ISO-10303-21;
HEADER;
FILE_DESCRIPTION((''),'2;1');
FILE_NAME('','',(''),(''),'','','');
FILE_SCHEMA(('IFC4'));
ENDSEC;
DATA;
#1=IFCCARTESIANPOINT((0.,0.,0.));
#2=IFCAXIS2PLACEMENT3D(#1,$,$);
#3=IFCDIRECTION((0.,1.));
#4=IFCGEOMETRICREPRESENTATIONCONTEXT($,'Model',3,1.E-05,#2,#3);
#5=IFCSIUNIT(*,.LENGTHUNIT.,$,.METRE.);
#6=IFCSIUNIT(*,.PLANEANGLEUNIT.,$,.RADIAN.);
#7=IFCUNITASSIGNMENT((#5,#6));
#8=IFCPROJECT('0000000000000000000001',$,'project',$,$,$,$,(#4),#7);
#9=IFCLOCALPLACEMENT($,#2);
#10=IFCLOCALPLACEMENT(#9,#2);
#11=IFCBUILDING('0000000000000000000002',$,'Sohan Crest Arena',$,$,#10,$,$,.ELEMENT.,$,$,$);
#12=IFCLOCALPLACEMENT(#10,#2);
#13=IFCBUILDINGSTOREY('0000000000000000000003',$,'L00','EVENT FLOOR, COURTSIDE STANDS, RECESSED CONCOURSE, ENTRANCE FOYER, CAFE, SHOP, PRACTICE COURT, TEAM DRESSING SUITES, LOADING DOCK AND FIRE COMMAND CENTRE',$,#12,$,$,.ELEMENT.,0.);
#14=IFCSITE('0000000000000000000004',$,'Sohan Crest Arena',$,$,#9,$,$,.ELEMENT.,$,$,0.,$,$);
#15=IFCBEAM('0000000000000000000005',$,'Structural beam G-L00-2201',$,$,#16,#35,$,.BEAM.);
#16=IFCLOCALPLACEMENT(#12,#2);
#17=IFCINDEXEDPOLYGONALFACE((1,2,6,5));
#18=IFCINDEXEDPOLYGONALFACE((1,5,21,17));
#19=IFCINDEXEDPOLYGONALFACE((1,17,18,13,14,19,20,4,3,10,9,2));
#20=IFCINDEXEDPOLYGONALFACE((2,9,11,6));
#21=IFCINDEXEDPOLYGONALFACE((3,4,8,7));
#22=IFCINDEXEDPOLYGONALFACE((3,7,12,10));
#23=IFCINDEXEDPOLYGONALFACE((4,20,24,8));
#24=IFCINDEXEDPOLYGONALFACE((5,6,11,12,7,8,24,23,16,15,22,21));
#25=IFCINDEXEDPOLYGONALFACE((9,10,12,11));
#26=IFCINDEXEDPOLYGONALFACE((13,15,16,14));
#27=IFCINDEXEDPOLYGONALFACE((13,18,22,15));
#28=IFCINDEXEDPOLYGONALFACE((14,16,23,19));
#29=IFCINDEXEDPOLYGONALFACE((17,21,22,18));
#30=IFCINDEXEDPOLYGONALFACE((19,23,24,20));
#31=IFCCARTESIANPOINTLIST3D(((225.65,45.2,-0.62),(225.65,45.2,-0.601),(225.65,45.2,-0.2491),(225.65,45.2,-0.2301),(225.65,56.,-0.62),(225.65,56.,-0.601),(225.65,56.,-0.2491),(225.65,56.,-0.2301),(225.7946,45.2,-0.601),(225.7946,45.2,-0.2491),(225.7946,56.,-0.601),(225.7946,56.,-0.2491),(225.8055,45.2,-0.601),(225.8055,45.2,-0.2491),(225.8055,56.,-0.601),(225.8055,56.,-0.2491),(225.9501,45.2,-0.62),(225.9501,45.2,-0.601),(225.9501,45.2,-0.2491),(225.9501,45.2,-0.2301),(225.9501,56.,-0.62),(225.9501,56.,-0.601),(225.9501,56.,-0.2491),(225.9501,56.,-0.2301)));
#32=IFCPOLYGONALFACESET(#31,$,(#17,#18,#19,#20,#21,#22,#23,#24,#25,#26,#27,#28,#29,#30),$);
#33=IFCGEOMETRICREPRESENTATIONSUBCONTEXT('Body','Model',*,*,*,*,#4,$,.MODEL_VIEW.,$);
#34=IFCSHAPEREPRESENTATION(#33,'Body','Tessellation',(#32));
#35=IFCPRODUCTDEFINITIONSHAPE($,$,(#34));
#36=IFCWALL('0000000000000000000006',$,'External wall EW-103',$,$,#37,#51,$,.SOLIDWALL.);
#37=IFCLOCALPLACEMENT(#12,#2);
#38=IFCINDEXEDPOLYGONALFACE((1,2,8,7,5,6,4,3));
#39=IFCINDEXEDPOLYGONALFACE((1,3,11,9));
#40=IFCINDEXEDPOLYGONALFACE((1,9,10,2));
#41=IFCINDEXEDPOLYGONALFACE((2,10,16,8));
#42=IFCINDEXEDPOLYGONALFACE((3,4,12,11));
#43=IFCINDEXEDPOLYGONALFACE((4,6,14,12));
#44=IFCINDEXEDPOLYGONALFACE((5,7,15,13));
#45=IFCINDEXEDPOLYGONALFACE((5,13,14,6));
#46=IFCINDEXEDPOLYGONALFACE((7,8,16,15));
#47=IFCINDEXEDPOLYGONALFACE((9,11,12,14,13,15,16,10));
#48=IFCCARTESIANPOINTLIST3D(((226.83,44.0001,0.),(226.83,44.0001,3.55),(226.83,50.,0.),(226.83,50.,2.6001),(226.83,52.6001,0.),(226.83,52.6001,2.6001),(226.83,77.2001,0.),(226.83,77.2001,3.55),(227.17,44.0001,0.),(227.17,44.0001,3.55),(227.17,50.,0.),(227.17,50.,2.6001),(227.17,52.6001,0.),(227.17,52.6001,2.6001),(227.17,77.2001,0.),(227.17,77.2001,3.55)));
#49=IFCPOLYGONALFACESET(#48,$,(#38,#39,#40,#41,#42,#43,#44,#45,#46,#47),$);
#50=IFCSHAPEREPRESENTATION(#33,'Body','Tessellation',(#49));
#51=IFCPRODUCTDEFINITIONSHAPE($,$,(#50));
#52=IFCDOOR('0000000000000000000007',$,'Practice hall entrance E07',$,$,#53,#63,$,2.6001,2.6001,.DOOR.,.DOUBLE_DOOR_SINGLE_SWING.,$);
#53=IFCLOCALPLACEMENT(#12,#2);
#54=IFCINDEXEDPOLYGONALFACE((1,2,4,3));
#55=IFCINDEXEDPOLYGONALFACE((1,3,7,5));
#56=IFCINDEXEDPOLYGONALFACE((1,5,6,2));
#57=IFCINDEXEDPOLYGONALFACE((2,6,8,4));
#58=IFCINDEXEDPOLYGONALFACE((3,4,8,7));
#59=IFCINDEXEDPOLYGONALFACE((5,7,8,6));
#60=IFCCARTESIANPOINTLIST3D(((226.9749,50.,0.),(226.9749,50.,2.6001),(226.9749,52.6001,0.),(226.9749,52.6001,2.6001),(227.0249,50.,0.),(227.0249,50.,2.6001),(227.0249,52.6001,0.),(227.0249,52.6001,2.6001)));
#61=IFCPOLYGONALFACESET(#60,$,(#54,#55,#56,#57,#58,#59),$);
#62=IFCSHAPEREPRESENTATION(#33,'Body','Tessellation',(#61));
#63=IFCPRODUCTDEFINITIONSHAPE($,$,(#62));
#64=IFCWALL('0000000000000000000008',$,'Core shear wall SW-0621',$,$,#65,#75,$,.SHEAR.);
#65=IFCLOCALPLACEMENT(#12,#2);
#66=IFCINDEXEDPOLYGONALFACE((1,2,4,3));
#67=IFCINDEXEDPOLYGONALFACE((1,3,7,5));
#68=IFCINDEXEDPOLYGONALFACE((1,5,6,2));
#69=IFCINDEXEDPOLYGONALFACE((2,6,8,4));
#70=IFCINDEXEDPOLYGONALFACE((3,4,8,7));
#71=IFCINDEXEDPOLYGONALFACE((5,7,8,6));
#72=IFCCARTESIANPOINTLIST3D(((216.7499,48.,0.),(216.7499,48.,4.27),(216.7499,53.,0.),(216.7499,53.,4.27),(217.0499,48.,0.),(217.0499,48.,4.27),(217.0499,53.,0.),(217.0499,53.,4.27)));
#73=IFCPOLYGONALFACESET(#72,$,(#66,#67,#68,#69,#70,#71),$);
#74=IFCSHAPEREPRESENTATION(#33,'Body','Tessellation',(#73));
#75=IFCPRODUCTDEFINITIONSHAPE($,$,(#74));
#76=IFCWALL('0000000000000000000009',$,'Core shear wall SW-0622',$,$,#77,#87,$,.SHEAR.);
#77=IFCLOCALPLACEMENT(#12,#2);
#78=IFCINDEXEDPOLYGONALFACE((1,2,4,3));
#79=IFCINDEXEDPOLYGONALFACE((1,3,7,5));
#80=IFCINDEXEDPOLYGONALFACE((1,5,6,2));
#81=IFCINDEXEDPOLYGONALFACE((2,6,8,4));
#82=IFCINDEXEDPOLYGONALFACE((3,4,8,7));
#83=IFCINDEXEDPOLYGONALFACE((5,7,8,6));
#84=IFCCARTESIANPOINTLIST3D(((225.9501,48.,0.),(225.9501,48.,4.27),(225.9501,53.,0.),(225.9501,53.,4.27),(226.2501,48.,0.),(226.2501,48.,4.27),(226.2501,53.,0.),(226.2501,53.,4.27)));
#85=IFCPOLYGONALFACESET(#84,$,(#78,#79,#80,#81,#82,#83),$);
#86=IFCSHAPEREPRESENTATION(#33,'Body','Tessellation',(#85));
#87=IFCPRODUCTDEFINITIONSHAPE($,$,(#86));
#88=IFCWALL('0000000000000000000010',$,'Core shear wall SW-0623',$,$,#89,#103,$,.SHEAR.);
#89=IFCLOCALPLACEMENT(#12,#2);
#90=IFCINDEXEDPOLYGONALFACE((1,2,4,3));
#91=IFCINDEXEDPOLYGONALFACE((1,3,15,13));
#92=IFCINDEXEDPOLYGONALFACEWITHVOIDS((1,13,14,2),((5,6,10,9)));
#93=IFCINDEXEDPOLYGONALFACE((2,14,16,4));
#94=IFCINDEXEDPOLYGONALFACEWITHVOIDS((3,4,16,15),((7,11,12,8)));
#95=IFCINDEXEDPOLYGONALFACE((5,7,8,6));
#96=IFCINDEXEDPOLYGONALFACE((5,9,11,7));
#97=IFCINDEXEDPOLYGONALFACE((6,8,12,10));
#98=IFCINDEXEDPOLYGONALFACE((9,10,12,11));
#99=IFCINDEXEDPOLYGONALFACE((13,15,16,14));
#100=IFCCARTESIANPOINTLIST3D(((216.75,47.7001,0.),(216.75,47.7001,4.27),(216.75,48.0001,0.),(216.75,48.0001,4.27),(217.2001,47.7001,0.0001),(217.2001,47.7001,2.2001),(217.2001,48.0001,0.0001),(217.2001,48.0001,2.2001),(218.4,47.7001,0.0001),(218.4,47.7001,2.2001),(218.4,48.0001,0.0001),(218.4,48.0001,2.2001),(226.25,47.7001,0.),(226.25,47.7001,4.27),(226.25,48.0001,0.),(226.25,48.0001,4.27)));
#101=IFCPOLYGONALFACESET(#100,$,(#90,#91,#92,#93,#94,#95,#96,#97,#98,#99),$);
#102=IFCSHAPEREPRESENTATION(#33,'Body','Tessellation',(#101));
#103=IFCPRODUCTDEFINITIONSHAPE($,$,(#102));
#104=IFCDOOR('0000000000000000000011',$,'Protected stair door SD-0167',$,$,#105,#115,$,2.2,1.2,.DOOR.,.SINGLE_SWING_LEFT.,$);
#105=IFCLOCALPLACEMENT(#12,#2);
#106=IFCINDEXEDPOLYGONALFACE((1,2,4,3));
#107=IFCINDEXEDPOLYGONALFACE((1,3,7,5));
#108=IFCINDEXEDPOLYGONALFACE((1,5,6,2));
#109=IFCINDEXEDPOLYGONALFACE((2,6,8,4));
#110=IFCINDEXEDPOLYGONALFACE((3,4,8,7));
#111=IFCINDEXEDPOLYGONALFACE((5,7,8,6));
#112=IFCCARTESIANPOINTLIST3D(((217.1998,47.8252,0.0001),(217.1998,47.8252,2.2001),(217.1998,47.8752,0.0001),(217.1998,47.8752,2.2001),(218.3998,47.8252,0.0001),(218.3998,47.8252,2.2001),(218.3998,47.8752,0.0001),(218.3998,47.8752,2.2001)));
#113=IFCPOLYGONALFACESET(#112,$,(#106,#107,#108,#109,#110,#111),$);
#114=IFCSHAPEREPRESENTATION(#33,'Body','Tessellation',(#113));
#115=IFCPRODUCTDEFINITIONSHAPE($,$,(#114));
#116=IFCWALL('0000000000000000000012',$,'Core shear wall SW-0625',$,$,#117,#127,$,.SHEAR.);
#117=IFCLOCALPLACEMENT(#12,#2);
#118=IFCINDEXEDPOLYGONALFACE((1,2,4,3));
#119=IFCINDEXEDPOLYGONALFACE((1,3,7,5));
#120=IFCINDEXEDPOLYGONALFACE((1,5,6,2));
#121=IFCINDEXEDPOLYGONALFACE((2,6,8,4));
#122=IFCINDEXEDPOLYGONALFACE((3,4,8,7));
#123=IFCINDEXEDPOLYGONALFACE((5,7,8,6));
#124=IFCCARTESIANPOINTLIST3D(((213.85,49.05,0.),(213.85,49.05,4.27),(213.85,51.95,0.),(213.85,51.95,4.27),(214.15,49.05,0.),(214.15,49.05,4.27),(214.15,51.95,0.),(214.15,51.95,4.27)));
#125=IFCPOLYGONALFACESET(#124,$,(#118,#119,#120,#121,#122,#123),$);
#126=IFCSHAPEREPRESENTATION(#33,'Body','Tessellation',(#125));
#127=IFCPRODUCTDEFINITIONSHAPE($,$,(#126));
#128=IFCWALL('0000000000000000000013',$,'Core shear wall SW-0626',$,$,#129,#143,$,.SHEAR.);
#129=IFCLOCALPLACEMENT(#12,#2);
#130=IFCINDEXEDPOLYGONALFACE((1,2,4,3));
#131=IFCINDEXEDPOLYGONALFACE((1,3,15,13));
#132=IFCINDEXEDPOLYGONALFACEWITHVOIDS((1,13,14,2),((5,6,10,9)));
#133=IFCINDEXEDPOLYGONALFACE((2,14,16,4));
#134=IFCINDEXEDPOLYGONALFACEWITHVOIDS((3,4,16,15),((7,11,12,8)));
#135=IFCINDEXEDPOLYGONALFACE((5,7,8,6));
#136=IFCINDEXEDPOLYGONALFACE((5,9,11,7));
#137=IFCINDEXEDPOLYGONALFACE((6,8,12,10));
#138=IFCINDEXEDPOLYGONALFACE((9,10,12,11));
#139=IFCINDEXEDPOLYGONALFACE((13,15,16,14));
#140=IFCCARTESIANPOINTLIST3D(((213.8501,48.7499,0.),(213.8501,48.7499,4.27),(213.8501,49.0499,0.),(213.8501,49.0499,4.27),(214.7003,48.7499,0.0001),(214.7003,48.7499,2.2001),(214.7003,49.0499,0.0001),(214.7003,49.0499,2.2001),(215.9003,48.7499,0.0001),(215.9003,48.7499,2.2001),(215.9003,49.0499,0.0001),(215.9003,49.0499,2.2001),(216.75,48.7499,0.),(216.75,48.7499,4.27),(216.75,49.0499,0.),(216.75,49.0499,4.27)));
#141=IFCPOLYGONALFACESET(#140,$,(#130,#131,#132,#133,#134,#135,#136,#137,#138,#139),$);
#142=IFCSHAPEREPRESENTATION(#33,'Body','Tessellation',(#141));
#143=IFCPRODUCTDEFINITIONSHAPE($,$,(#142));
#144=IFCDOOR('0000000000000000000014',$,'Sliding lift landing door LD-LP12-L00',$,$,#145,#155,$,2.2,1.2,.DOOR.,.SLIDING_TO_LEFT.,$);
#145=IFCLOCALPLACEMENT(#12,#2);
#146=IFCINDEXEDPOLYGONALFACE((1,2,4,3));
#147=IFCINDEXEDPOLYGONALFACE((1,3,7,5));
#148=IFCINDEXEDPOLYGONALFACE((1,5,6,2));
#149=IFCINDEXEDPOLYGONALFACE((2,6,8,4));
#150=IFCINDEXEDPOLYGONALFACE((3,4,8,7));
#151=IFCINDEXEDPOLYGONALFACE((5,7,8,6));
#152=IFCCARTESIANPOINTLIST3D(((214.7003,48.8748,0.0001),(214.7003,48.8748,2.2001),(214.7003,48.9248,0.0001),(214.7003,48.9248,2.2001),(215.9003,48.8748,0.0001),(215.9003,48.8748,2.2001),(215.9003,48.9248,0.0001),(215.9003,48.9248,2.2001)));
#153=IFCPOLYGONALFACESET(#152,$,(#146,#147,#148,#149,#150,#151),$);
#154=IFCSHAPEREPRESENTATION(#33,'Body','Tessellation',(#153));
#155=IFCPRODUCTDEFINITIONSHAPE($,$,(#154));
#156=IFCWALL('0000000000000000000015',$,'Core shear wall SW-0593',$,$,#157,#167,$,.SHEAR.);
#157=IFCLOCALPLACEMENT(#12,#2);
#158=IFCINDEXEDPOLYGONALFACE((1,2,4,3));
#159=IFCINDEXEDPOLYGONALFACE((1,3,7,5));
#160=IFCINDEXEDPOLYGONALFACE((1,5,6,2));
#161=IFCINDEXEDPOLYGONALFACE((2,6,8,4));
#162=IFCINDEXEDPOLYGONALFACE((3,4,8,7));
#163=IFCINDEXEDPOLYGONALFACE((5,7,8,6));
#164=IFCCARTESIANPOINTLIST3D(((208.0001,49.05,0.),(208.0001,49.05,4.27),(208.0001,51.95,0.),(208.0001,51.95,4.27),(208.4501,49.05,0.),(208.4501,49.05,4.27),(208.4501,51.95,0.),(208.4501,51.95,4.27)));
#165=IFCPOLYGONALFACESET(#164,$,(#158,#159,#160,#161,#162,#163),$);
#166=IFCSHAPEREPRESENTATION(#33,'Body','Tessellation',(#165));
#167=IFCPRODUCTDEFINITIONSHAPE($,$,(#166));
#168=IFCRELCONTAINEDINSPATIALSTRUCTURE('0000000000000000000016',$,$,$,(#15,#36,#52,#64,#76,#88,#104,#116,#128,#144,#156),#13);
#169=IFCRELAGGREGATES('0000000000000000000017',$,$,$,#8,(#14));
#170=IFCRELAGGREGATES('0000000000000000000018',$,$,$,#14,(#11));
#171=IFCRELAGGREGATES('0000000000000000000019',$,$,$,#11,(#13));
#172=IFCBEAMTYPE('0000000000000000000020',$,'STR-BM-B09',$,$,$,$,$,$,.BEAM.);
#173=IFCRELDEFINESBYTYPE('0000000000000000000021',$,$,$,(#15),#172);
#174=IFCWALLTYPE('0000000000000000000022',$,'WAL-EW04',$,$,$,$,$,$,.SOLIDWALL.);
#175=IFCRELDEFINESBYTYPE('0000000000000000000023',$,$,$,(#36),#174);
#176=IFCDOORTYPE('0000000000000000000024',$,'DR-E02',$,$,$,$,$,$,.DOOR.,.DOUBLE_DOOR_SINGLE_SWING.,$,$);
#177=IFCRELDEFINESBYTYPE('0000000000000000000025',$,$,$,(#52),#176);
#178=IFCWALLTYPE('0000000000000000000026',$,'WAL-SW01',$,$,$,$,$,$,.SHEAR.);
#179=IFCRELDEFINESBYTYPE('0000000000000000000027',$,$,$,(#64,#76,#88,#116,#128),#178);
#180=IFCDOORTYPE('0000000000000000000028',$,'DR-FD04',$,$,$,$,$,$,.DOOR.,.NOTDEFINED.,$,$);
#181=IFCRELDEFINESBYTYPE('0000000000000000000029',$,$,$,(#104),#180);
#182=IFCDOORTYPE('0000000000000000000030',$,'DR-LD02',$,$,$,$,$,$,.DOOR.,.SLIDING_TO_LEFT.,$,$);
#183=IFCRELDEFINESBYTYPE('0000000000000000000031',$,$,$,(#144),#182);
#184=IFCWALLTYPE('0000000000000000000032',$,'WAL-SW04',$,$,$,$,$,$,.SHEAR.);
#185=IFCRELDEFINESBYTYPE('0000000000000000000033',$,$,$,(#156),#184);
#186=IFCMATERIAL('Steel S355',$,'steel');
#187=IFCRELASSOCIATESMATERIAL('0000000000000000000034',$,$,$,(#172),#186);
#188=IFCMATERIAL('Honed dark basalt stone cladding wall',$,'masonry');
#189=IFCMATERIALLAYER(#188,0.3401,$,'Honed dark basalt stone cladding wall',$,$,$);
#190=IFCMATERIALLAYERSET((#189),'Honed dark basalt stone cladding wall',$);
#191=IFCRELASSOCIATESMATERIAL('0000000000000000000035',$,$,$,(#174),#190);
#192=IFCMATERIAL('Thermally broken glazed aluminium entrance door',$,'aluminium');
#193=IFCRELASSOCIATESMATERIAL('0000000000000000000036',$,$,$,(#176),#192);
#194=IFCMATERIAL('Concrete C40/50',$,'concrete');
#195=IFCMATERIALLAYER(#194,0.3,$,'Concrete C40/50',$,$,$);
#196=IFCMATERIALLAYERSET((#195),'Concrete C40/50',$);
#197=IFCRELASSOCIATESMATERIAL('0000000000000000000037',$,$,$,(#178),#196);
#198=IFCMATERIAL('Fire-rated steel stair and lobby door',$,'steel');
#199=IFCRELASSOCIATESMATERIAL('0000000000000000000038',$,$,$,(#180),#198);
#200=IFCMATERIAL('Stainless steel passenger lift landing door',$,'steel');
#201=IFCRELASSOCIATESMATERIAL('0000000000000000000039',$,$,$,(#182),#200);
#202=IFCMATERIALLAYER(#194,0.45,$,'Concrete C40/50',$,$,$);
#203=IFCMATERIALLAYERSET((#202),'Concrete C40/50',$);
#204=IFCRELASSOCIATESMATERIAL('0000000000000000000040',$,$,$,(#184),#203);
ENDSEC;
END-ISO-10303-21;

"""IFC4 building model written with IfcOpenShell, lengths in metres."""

from ifc_helpers import new_model, si_unit, direction, frame, frame_2d, origin, origin_2d, place, context, subcontext, project, spatial, rectangle, i_section, extrude, material, layer, layer_set, material_profile, profile_set, type_object, element, fill, save


model = new_model("IFC4")

# Units and contexts
model_context = context("Model", 3, precision=1e-05, world=origin(), true_north=direction((0.0, 1.0)))
body_context = subcontext(model_context, "Body", "Model", "MODEL_VIEW")
ifc_project = project(units=[si_unit("LENGTHUNIT", "METRE"), si_unit("PLANEANGLEUNIT", "RADIAN")], contexts=[model_context])

# Site, building, storey
site_placement = place(None, origin())
site = spatial("IfcSite", under=ifc_project, at=site_placement, Name="Sohan Crest Arena", CompositionType="ELEMENT", RefElevation=0.0)
building_placement = place(site_placement, origin())
building = spatial("IfcBuilding", under=site, at=building_placement, Name="Sohan Crest Arena", CompositionType="ELEMENT")
storey_placement = place(building_placement, origin())
storey = spatial("IfcBuildingStorey", under=building, at=storey_placement, Name="L00", Description="EVENT FLOOR, COURTSIDE STANDS, RECESSED CONCOURSE, ENTRANCE FOYER, CAFE, SHOP, PRACTICE COURT, TEAM DRESSING SUITES, LOADING DOCK AND FIRE COMMAND CENTRE", CompositionType="ELEMENT", Elevation=0.0)

# Shared definitions
ifc_material_1 = material(Name="Concrete C40/50", Category="concrete")

# Beam
ifc_material_2 = material(Name="Steel S355", Category="steel")
ifc_material_profile_1 = material_profile(ifc_material_2, i_section(OverallWidth=0.3, OverallDepth=0.3899, WebThickness=0.011, FlangeThickness=0.019, at=origin_2d()), Name="HEA 400")
ifc_profile_set_1 = profile_set([ifc_material_profile_1], Name="Steel S355")
beam_type_1 = type_object("IfcBeamType", Name="STR-BM-B09", PredefinedType="BEAM", material=ifc_profile_set_1)
for number, where, z_axis, x_axis, name in (
    (1, (225.8, 45.2, -0.425), (0.0, 1.0, 0.0), (-1.0, 0.0, 0.0), "Structural beam G-L00-2201"),
):
    element("IfcBeam", number, at=place(storey_placement, frame(where, z_axis=z_axis, x_axis=x_axis)), inside=storey, type_object=beam_type_1, Name=name, PredefinedType="BEAM", context=body_context, shape_type="SweptSolid", body=[
        extrude(i_section(OverallWidth=0.3, OverallDepth=0.3899, WebThickness=0.011, FlangeThickness=0.019, at=origin_2d()), origin(), (0.0, 0.0, 1.0), 10.8),
    ])

# Wall, opening, door
ifc_material_3 = material(Name="Honed dark basalt stone cladding wall", Category="masonry")
ifc_layer_1 = layer(ifc_material_3, 0.3401, Name="Honed dark basalt stone cladding wall")
ifc_layer_set_1 = layer_set([ifc_layer_1], Name="Honed dark basalt stone cladding wall")
wall_type_1 = type_object("IfcWallType", Name="WAL-EW04", PredefinedType="SOLIDWALL", material=ifc_layer_set_1)
wall_1_placement = place(storey_placement, frame((227.0, 44.0, 0.0), z_axis=(0.0, 0.0, 1.0), x_axis=(0.0, 1.0, 0.0)))
wall_1 = element("IfcWall", 2, at=wall_1_placement, inside=storey, type_object=wall_type_1, Name="External wall EW-103", PredefinedType="SOLIDWALL", context=body_context, shape_type="SweptSolid", body=[
    extrude(rectangle(XDim=33.2, YDim=0.3401, at=frame_2d((16.6001, 0.0))), origin(), (0.0, 0.0, 1.0), 3.55),
])
opening_1_placement = place(wall_1_placement, frame((6.0, 0.0, 0.0)))
opening_1 = element("IfcOpeningElement", 3, at=opening_1_placement, cuts=wall_1, PredefinedType="OPENING", context=body_context, shape_type="SweptSolid", body=[
    extrude(rectangle(XDim=2.6001, YDim=2.6001, at=frame_2d((1.3, 1.3))), frame((0.0, 0.1799, 0.0), z_axis=(0.0, -1.0, 0.0), x_axis=(1.0, 0.0, 0.0)), (0.0, 0.0, 1.0), 0.3601),
])
ifc_material_4 = material(Name="Thermally broken glazed aluminium entrance door", Category="aluminium")
door_type_1 = type_object("IfcDoorType", Name="DR-E02", OperationType="DOUBLE_DOOR_SINGLE_SWING", PredefinedType="DOOR", material=ifc_material_4)
door_1_placement = place(opening_1_placement, frame((2.6001, 0.0, 0.0), z_axis=(0.0, 0.0, 1.0), x_axis=(-1.0, 0.0, 0.0)))
door_1 = element("IfcDoor", 4, at=door_1_placement, inside=storey, type_object=door_type_1, Name="Practice hall entrance E07", OperationType="DOUBLE_DOOR_SINGLE_SWING", OverallHeight=2.6001, OverallWidth=2.6001, PredefinedType="DOOR", context=body_context, shape_type="SweptSolid", body=[
    extrude(rectangle(XDim=2.6001, YDim=2.6001, at=frame_2d((1.3, 1.3))), frame((0.0, 0.0249, 0.0), z_axis=(0.0, -1.0, 0.0), x_axis=(1.0, 0.0, 0.0)), (0.0, 0.0, 1.0), 0.05),
])
fill(opening_1, door_1)

# Walls
ifc_layer_2 = layer(ifc_material_1, 0.3, Name="Concrete C40/50")
ifc_layer_set_2 = layer_set([ifc_layer_2], Name="Concrete C40/50")
wall_type_2 = type_object("IfcWallType", Name="WAL-SW01", PredefinedType="SHEAR", material=ifc_layer_set_2)
for number, where, z_axis, x_axis, name in (
    (5, (216.8999, 48.0, 0.0), (0.0, 0.0, 1.0), (0.0, 1.0, 0.0), "Core shear wall SW-0621"),
    (6, (226.1001, 48.0, 0.0), (0.0, 0.0, 1.0), (0.0, 1.0, 0.0), "Core shear wall SW-0622"),
):
    element("IfcWall", number, at=place(storey_placement, frame(where, z_axis=z_axis, x_axis=x_axis)), inside=storey, type_object=wall_type_2, Name=name, PredefinedType="SHEAR", context=body_context, shape_type="SweptSolid", body=[
        extrude(rectangle(XDim=5.0, YDim=0.3, at=frame_2d((2.5, 0.0))), origin(), (0.0, 0.0, 1.0), 4.27),
    ])

# Wall, opening, door
wall_2_placement = place(storey_placement, frame((216.75, 47.8501, 0.0), z_axis=(0.0, 0.0, 1.0), x_axis=(1.0, 0.0, 0.0)))
wall_2 = element("IfcWall", 7, at=wall_2_placement, inside=storey, type_object=wall_type_2, Name="Core shear wall SW-0623", PredefinedType="SHEAR", context=body_context, shape_type="SweptSolid", body=[
    extrude(rectangle(XDim=9.5, YDim=0.3, at=frame_2d((4.75, 0.0))), origin(), (0.0, 0.0, 1.0), 4.27),
])
opening_2_placement = place(wall_2_placement, frame((0.45, 0.0, 0.0)))
opening_2 = element("IfcOpeningElement", 8, at=opening_2_placement, cuts=wall_2, PredefinedType="OPENING", context=body_context, shape_type="SweptSolid", body=[
    extrude(rectangle(XDim=1.2, YDim=2.2, at=frame_2d((0.6001, 1.1001))), frame((0.0, 0.1599, 0.0), z_axis=(0.0, -1.0, 0.0), x_axis=(1.0, 0.0, 0.0)), (0.0, 0.0, 1.0), 0.3201),
])
ifc_material_5 = material(Name="Fire-rated steel stair and lobby door", Category="steel")
door_type_2 = type_object("IfcDoorType", Name="DR-FD04", OperationType="NOTDEFINED", PredefinedType="DOOR", material=ifc_material_5)
door_2_placement = place(opening_2_placement, frame((1.2, 0.0, 0.0), z_axis=(0.0, 0.0, 1.0), x_axis=(-1.0, 0.0, 0.0)))
door_2 = element("IfcDoor", 9, at=door_2_placement, inside=storey, type_object=door_type_2, Name="Protected stair door SD-0167", OperationType="SINGLE_SWING_LEFT", OverallHeight=2.2, OverallWidth=1.2, PredefinedType="DOOR", context=body_context, shape_type="SweptSolid", body=[
    extrude(rectangle(XDim=1.2, YDim=2.2, at=frame_2d((0.6001, 1.1001))), frame((0.0, 0.0249, 0.0), z_axis=(0.0, -1.0, 0.0), x_axis=(1.0, 0.0, 0.0)), (0.0, 0.0, 1.0), 0.05),
])
fill(opening_2, door_2)

# Wall
wall_3_placement = place(storey_placement, frame((214.0, 49.05, 0.0), z_axis=(0.0, 0.0, 1.0), x_axis=(0.0, 1.0, 0.0)))
element("IfcWall", 10, at=wall_3_placement, inside=storey, type_object=wall_type_2, Name="Core shear wall SW-0625", PredefinedType="SHEAR", context=body_context, shape_type="SweptSolid", body=[
    extrude(rectangle(XDim=2.8999, YDim=0.3, at=frame_2d((1.45, 0.0))), origin(), (0.0, 0.0, 1.0), 4.27),
])

# Wall, opening, door
wall_4_placement = place(storey_placement, frame((213.8501, 48.8999, 0.0), z_axis=(0.0, 0.0, 1.0), x_axis=(1.0, 0.0, 0.0)))
wall_4 = element("IfcWall", 11, at=wall_4_placement, inside=storey, type_object=wall_type_2, Name="Core shear wall SW-0626", PredefinedType="SHEAR", context=body_context, shape_type="SweptSolid", body=[
    extrude(rectangle(XDim=2.8999, YDim=0.3, at=frame_2d((1.45, 0.0))), origin(), (0.0, 0.0, 1.0), 4.27),
])
opening_3_placement = place(wall_4_placement, frame((0.8501, 0.0, 0.0)))
opening_3 = element("IfcOpeningElement", 12, at=opening_3_placement, cuts=wall_4, PredefinedType="OPENING", context=body_context, shape_type="SweptSolid", body=[
    extrude(rectangle(XDim=1.2, YDim=2.2, at=frame_2d((0.6001, 1.1001))), frame((0.0, 0.1599, 0.0), z_axis=(0.0, -1.0, 0.0), x_axis=(1.0, 0.0, 0.0)), (0.0, 0.0, 1.0), 0.3201),
])
ifc_material_6 = material(Name="Stainless steel passenger lift landing door", Category="steel")
door_type_3 = type_object("IfcDoorType", Name="DR-LD02", OperationType="SLIDING_TO_LEFT", PredefinedType="DOOR", material=ifc_material_6)
door_3_placement = place(opening_3_placement, origin())
door_3 = element("IfcDoor", 13, at=door_3_placement, inside=storey, type_object=door_type_3, Name="Sliding lift landing door LD-LP12-L00", OperationType="SLIDING_TO_LEFT", OverallHeight=2.2, OverallWidth=1.2, PredefinedType="DOOR", context=body_context, shape_type="SweptSolid", body=[
    extrude(rectangle(XDim=1.2, YDim=2.2, at=frame_2d((0.6001, 1.1001))), frame((0.0, 0.0249, 0.0), z_axis=(0.0, -1.0, 0.0), x_axis=(1.0, 0.0, 0.0)), (0.0, 0.0, 1.0), 0.05),
])
fill(opening_3, door_3)

# Wall
ifc_layer_3 = layer(ifc_material_1, 0.45, Name="Concrete C40/50")
ifc_layer_set_3 = layer_set([ifc_layer_3], Name="Concrete C40/50")
wall_type_3 = type_object("IfcWallType", Name="WAL-SW04", PredefinedType="SHEAR", material=ifc_layer_set_3)
wall_5_placement = place(storey_placement, frame((208.2251, 49.05, 0.0), z_axis=(0.0, 0.0, 1.0), x_axis=(0.0, 1.0, 0.0)))
element("IfcWall", 14, at=wall_5_placement, inside=storey, type_object=wall_type_3, Name="Core shear wall SW-0593", PredefinedType="SHEAR", context=body_context, shape_type="SweptSolid", body=[
    extrude(rectangle(XDim=2.8999, YDim=0.45, at=frame_2d((1.45, 0.0))), origin(), (0.0, 0.0, 1.0), 4.27),
])

save(model, "model.ifc")
